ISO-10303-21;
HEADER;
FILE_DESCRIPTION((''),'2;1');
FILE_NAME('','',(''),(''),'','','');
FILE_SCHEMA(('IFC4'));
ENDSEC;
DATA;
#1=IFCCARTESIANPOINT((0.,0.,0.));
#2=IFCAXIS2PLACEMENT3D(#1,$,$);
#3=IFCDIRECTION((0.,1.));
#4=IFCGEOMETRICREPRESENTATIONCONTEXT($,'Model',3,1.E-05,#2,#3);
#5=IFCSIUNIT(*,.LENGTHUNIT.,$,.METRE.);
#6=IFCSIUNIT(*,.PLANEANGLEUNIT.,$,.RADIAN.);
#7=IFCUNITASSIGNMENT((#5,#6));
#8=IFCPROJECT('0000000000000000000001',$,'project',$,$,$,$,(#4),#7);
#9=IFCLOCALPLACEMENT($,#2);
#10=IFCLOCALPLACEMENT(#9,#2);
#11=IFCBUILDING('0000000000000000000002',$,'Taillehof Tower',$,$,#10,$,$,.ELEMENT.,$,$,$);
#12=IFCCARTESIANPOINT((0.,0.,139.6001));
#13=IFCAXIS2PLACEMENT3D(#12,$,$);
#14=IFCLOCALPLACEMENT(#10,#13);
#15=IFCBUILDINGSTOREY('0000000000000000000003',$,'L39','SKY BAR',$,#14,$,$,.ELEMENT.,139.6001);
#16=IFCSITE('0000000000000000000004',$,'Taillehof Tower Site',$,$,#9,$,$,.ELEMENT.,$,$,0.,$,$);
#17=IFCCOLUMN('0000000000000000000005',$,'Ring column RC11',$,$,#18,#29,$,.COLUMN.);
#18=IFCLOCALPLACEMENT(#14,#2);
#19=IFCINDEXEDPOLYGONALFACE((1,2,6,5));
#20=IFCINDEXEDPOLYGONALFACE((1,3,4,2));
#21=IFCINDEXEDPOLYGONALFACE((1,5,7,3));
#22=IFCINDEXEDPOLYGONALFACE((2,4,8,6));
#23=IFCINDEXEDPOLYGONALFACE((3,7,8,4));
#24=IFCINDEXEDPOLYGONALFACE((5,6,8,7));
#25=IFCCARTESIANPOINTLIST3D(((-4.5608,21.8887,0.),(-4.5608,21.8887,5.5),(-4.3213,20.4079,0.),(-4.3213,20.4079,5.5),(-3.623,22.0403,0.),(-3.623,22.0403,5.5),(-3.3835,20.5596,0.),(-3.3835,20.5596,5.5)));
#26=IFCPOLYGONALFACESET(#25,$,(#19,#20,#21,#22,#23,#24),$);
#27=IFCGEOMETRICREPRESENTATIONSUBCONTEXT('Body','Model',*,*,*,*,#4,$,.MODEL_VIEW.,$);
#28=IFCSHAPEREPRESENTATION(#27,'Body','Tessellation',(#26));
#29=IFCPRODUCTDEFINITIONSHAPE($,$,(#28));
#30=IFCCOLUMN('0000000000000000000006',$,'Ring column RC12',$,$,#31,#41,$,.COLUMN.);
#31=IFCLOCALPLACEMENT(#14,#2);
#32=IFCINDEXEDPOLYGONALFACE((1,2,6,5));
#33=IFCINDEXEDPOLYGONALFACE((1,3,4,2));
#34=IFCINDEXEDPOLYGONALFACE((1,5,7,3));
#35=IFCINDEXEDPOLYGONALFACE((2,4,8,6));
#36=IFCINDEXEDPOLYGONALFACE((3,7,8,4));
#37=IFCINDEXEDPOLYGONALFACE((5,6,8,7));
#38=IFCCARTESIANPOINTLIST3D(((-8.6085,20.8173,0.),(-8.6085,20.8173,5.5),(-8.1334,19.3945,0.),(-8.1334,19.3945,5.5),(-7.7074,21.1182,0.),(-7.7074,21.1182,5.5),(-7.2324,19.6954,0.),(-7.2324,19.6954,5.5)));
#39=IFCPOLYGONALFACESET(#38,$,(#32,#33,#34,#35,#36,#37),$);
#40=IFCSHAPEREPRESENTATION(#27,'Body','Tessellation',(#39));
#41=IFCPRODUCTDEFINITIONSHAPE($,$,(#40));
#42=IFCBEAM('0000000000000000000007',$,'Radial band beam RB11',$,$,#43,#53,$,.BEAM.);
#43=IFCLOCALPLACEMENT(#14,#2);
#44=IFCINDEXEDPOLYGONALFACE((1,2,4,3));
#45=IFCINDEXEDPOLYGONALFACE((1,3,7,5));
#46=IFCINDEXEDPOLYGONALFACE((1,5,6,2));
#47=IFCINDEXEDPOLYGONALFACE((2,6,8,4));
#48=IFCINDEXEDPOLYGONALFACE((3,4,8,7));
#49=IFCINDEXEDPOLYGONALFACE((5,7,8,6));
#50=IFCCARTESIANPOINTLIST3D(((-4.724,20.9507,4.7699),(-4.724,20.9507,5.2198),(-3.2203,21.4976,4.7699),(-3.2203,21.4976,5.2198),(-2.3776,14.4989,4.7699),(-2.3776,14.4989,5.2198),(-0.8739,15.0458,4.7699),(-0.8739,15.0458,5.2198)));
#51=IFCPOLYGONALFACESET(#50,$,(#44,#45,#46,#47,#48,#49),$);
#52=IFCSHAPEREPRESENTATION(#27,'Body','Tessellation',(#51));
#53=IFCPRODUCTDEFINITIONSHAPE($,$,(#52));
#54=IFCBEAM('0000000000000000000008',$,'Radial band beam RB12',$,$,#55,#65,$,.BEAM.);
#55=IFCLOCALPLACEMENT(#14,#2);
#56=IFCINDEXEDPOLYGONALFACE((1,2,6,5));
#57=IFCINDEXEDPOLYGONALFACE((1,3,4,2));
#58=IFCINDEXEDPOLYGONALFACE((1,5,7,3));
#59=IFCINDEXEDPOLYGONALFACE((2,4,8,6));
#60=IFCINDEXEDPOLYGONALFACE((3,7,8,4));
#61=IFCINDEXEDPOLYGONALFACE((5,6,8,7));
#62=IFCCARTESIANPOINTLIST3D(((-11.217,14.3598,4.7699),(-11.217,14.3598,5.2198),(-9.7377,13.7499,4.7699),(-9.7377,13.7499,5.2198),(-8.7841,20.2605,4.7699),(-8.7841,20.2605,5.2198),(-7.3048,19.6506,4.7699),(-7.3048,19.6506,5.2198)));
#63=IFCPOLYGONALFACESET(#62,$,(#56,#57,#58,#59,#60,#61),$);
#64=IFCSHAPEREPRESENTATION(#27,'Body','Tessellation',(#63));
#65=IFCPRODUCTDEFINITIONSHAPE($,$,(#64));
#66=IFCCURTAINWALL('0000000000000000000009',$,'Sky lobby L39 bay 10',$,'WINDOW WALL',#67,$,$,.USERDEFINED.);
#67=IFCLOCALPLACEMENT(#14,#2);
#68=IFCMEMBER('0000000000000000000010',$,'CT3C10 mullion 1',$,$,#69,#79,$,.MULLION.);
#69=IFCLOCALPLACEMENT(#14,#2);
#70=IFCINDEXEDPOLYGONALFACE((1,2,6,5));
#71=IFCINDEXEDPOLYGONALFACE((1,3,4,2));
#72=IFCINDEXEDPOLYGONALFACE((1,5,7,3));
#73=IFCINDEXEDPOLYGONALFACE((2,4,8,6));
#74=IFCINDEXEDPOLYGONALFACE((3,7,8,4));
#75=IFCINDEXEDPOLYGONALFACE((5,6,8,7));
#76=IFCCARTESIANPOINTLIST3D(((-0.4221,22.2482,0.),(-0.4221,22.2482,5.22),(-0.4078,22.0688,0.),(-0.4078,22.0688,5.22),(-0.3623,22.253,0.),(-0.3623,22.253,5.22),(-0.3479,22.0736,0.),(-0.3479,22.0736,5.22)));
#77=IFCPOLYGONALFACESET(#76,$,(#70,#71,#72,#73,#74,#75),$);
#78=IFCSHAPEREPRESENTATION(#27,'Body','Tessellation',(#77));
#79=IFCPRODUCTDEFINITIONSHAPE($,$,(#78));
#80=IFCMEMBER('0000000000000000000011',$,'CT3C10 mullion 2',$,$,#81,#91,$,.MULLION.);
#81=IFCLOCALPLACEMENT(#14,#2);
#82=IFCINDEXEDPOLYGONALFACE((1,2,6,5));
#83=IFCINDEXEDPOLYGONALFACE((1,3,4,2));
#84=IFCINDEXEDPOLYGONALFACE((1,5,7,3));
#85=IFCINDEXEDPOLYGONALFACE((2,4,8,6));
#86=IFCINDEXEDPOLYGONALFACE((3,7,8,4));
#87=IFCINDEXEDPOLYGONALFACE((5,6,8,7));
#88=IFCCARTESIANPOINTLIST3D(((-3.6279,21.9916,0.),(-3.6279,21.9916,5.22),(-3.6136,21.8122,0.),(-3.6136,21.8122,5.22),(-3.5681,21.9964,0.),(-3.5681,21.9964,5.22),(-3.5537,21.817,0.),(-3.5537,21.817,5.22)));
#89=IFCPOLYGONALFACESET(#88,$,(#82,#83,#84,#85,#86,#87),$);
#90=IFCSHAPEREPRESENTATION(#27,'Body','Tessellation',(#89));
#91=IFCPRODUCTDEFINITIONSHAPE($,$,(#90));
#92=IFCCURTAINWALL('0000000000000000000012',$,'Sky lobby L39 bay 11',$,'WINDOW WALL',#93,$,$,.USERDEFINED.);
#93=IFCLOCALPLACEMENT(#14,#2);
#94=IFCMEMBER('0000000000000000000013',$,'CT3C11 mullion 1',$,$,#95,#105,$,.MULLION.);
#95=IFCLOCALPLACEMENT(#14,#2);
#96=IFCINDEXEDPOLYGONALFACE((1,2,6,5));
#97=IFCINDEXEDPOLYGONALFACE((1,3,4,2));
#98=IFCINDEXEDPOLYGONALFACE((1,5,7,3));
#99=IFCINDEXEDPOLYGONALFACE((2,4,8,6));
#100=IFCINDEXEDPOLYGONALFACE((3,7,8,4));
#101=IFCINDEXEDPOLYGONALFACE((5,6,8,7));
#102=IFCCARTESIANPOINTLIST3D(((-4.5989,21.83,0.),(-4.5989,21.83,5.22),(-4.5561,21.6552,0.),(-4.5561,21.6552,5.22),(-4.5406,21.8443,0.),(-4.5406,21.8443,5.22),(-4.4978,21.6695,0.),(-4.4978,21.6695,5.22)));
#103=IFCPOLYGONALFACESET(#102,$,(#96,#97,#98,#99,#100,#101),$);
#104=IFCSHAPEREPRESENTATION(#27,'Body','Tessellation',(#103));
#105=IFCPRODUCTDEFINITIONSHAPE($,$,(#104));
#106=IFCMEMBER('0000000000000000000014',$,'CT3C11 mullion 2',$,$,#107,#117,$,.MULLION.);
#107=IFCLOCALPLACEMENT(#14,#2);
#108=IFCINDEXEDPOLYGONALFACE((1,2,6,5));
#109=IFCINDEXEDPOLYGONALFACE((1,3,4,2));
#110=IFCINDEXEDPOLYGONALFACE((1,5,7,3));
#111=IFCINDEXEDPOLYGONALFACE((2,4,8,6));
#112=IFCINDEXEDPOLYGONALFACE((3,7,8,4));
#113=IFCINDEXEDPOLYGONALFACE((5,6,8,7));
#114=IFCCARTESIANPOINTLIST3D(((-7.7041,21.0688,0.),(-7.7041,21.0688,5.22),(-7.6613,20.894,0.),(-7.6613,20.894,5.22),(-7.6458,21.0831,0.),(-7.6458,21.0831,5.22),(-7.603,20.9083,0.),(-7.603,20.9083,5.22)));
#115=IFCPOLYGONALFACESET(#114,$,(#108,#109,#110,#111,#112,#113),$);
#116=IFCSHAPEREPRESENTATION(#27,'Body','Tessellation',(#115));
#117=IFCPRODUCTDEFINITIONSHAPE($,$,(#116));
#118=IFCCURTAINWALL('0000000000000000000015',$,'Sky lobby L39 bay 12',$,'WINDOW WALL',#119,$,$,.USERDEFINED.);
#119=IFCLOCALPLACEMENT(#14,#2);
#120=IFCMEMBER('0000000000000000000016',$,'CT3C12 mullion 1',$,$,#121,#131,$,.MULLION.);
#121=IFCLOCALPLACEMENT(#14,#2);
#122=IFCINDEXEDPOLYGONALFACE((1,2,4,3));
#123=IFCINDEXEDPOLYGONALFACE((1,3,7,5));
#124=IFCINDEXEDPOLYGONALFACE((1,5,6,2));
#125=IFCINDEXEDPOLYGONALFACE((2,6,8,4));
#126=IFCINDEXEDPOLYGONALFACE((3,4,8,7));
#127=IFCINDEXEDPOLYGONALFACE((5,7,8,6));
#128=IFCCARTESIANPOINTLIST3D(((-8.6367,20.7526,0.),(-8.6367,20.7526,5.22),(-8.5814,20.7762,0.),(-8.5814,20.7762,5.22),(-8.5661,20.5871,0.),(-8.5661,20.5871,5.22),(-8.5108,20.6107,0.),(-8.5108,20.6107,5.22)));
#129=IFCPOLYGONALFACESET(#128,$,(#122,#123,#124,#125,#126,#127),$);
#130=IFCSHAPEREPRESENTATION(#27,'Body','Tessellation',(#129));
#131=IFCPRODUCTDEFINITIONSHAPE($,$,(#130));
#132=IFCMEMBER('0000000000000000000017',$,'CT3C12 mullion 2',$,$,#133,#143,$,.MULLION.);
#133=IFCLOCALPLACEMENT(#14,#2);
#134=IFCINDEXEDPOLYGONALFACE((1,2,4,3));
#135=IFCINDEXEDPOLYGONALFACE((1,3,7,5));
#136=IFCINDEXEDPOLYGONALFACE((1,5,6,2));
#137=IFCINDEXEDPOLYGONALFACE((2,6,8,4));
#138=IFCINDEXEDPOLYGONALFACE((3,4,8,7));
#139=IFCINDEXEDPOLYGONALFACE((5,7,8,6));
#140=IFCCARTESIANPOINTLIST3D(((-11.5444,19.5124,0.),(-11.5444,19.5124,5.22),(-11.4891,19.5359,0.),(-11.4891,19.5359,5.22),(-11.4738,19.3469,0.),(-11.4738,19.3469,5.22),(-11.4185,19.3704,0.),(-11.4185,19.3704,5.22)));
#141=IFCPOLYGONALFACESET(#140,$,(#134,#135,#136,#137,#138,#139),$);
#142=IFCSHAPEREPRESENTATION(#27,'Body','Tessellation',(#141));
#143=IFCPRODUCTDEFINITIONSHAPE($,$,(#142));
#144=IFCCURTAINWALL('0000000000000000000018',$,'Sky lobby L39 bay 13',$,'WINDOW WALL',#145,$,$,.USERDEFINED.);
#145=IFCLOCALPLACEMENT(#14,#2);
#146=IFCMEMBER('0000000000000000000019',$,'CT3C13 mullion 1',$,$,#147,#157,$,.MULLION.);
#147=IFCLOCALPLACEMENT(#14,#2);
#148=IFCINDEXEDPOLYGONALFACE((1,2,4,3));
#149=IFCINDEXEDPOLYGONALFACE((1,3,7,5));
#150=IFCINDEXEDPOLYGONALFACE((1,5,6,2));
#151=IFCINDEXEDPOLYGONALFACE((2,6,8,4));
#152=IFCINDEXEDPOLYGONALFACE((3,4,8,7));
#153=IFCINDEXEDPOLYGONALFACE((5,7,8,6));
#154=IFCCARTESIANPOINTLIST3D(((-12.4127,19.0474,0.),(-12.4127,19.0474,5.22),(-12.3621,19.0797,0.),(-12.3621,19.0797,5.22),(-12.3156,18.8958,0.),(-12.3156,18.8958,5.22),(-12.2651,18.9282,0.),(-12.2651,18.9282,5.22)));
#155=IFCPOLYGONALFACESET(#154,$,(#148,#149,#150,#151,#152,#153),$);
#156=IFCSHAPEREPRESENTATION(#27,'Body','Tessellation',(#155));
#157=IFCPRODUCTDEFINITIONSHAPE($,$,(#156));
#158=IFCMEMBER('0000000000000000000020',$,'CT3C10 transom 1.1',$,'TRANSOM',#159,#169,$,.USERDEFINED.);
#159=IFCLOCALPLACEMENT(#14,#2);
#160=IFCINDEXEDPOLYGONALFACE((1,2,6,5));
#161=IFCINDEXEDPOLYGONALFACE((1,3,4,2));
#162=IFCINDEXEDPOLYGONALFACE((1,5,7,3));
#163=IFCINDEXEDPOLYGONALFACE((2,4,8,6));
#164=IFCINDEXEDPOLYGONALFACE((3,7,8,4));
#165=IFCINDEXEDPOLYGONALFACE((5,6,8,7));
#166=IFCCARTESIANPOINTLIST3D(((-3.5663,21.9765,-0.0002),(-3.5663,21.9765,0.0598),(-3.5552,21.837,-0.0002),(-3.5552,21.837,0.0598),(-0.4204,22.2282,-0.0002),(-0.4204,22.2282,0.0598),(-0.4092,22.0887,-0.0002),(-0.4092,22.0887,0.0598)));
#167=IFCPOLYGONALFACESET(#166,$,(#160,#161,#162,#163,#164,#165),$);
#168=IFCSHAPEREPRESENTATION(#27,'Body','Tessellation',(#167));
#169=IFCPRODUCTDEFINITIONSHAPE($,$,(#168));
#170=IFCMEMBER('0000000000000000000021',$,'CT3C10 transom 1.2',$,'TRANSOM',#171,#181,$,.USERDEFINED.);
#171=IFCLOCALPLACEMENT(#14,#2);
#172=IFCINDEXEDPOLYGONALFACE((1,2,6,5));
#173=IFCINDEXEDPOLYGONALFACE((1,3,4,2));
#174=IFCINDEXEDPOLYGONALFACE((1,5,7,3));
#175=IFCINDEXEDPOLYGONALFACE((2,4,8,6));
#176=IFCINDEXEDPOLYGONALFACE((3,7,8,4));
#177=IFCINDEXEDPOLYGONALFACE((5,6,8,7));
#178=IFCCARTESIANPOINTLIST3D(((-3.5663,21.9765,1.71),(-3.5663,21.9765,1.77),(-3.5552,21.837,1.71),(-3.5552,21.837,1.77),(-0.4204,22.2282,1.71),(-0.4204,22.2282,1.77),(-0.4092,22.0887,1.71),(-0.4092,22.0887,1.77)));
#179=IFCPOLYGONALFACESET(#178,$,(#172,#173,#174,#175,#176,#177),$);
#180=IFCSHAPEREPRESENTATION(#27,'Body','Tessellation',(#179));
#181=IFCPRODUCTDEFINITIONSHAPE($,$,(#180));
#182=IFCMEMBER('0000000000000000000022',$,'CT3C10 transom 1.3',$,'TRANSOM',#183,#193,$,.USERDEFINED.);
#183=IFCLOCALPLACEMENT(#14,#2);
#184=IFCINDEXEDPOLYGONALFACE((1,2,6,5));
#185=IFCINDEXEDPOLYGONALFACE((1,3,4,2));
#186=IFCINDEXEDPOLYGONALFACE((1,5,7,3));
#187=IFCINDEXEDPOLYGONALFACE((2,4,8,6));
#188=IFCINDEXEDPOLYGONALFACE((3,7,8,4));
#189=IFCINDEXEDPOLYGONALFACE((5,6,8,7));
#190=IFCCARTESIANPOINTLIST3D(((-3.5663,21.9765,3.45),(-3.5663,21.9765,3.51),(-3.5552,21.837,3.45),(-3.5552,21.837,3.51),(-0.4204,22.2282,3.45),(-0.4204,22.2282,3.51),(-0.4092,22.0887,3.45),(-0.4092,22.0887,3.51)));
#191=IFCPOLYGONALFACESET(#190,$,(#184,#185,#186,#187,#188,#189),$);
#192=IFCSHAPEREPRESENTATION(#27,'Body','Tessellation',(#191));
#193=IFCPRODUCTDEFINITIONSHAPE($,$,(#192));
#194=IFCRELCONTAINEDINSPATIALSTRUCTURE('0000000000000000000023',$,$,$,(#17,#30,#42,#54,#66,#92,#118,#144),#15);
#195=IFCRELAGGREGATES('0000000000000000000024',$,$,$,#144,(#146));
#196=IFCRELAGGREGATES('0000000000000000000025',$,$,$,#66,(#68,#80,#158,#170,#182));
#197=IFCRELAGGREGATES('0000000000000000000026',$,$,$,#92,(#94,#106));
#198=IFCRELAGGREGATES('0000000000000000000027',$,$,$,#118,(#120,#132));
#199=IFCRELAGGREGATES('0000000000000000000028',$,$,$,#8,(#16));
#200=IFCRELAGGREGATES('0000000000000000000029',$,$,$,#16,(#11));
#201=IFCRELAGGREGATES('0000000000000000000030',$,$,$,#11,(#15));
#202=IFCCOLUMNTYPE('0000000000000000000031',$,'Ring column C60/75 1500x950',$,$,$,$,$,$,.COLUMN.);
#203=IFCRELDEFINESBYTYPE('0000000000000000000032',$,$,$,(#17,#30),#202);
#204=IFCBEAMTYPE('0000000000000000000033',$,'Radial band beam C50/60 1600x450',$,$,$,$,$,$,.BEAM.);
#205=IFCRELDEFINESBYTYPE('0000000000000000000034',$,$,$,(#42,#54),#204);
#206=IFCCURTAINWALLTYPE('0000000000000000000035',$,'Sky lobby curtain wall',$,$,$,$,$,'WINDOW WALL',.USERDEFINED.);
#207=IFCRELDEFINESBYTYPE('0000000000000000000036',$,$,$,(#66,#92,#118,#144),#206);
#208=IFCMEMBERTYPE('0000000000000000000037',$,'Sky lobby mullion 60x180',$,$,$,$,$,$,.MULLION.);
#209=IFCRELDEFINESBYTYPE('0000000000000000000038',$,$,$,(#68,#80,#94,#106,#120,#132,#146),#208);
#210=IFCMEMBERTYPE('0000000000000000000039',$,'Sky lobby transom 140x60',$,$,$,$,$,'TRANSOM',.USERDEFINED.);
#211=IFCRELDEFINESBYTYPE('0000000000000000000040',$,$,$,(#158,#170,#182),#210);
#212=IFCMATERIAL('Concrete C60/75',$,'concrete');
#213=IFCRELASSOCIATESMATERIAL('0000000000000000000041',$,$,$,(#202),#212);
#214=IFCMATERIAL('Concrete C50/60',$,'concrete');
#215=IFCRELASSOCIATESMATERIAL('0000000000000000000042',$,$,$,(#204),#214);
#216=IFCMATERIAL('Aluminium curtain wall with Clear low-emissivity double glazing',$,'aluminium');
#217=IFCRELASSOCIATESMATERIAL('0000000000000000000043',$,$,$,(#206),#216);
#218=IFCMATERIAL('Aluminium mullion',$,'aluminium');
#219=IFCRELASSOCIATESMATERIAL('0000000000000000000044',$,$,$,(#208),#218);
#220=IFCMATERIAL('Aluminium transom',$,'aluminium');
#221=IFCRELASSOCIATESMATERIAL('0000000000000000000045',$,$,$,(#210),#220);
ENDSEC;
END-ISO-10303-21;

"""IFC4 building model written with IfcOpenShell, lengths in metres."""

from ifc_helpers import new_model, si_unit, direction, frame, origin, origin_2d, place, context, subcontext, project, spatial, rectangle, extrude, material, material_profile, profile_set, type_object, element, aggregate, save


model = new_model("IFC4")

# Units and contexts
model_context = context("Model", 3, precision=1e-05, world=origin(), true_north=direction((0.0, 1.0)))
body_context = subcontext(model_context, "Body", "Model", "MODEL_VIEW")
ifc_project = project(units=[si_unit("LENGTHUNIT", "METRE"), si_unit("PLANEANGLEUNIT", "RADIAN")], contexts=[model_context])

# Site, building, storey
site_placement = place(None, origin())
site = spatial("IfcSite", under=ifc_project, at=site_placement, Name="Taillehof Tower Site", CompositionType="ELEMENT", RefElevation=0.0)
building_placement = place(site_placement, origin())
building = spatial("IfcBuilding", under=site, at=building_placement, Name="Taillehof Tower", CompositionType="ELEMENT")
storey_placement = place(building_placement, frame((0.0, 0.0, 139.6001)))
storey = spatial("IfcBuildingStorey", under=building, at=storey_placement, Name="L39", Description="SKY BAR", CompositionType="ELEMENT", Elevation=139.6001)

# Columns
ifc_material_1 = material(Name="Concrete C60/75", Category="concrete")
ifc_material_profile_1 = material_profile(ifc_material_1, rectangle(XDim=1.5, YDim=0.95, at=origin_2d()), Name="RC 1500x950")
ifc_profile_set_1 = profile_set([ifc_material_profile_1], Name="Concrete C60/75")
column_type = type_object("IfcColumnType", Name="Ring column C60/75 1500x950", PredefinedType="COLUMN", material=ifc_profile_set_1)
for number, where, z_axis, x_axis, name in (
    (1, (-3.9722, 21.2241, 0.0), (0.0, 0.0, 1.0), (-0.159679, 0.987169, 0.0), "Ring column RC11"),
    (2, (-7.9204, 20.2563, 0.0), (0.0, 0.0, 1.0), (-0.316703, 0.948525, 0.0), "Ring column RC12"),
):
    element("IfcColumn", number, at=place(storey_placement, frame(where, z_axis=z_axis, x_axis=x_axis)), inside=storey, type_object=column_type, Name=name, PredefinedType="COLUMN", context=body_context, shape_type="SweptSolid", body=[
        extrude(rectangle(XDim=1.5, YDim=0.95, at=origin_2d()), origin(), (0.0, 0.0, 1.0), 5.5),
    ])

# Beams
ifc_material_2 = material(Name="Concrete C50/60", Category="concrete")
ifc_material_profile_2 = material_profile(ifc_material_2, rectangle(XDim=1.6001, YDim=0.45, at=origin_2d()), Name="RC 1600x450")
ifc_profile_set_2 = profile_set([ifc_material_profile_2], Name="Concrete C50/60")
beam_type_1 = type_object("IfcBeamType", Name="Radial band beam C50/60 1600x450", PredefinedType="BEAM", material=ifc_profile_set_2)
beam_1_placement = place(storey_placement, frame((-3.9722, 21.2241, 4.9949), z_axis=(0.34178, -0.93978, 0.0), x_axis=(0.93978, 0.34178, 0.0)))
element("IfcBeam", 3, at=beam_1_placement, inside=storey, type_object=beam_type_1, Name="Radial band beam RB11", PredefinedType="BEAM", context=body_context, shape_type="SweptSolid", body=[
    extrude(rectangle(XDim=1.6001, YDim=0.45, at=origin_2d()), origin(), (0.0, 0.0, 1.0), 6.8652),
])
beam_2_placement = place(storey_placement, frame((-8.0444, 19.9556, 4.9949), z_axis=(-0.381177, -0.924502, 0.0), x_axis=(0.924502, -0.381177, 0.0)))
element("IfcBeam", 4, at=beam_2_placement, inside=storey, type_object=beam_type_1, Name="Radial band beam RB12", PredefinedType="BEAM", context=body_context, shape_type="SweptSolid", body=[
    extrude(rectangle(XDim=1.6001, YDim=0.45, at=origin_2d()), origin(), (0.0, 0.0, 1.0), 6.3826),
])

# Curtain walls, members
ifc_material_3 = material(Name="Aluminium curtain wall with Clear low-emissivity double glazing", Category="aluminium")
curtain_wall_type = type_object("IfcCurtainWallType", Name="Sky lobby curtain wall", ElementType="WINDOW WALL", PredefinedType="USERDEFINED", material=ifc_material_3)
curtain_wall_1_placement = place(storey_placement, origin())
curtain_wall_1 = element("IfcCurtainWall", 5, at=curtain_wall_1_placement, inside=storey, type_object=curtain_wall_type, Name="Sky lobby L39 bay 10", ObjectType="WINDOW WALL", PredefinedType="USERDEFINED")
ifc_material_4 = material(Name="Aluminium mullion", Category="aluminium")
ifc_material_profile_3 = material_profile(ifc_material_4, rectangle(XDim=0.1799, YDim=0.0601, at=origin_2d()), Name="AL 60x180")
ifc_profile_set_3 = profile_set([ifc_material_profile_3], Name="Aluminium mullion")
member_type_1 = type_object("IfcMemberType", Name="Sky lobby mullion 60x180", PredefinedType="MULLION", material=ifc_profile_set_3)
member_1_placement = place(storey_placement, frame((-0.385, 22.1609, 0.0), z_axis=(0.0, 0.0, 1.0), x_axis=(0.079781, -0.996812, 0.0)))
member_1 = element("IfcMember", 6, at=member_1_placement, type_object=member_type_1, Name="CT3C10 mullion 1", PredefinedType="MULLION", context=body_context, shape_type="SweptSolid", body=[
    extrude(rectangle(XDim=0.1799, YDim=0.0601, at=origin_2d()), origin(), (0.0, 0.0, 1.0), 5.22),
])
member_2_placement = place(storey_placement, frame((-3.5908, 21.9043, 0.0), z_axis=(0.0, 0.0, 1.0), x_axis=(0.079781, -0.996812, 0.0)))
member_2 = element("IfcMember", 7, at=member_2_placement, type_object=member_type_1, Name="CT3C10 mullion 2", PredefinedType="MULLION", context=body_context, shape_type="SweptSolid", body=[
    extrude(rectangle(XDim=0.1799, YDim=0.0601, at=origin_2d()), origin(), (0.0, 0.0, 1.0), 5.22),
])
curtain_wall_2_placement = place(storey_placement, origin())
curtain_wall_2 = element("IfcCurtainWall", 8, at=curtain_wall_2_placement, inside=storey, type_object=curtain_wall_type, Name="Sky lobby L39 bay 11", ObjectType="WINDOW WALL", PredefinedType="USERDEFINED")
member_3_placement = place(storey_placement, frame((-4.5483, 21.7498, 0.0), z_axis=(0.0, 0.0, 1.0), x_axis=(0.238077, -0.971246, 0.0)))
member_3 = element("IfcMember", 9, at=member_3_placement, type_object=member_type_1, Name="CT3C11 mullion 1", PredefinedType="MULLION", context=body_context, shape_type="SweptSolid", body=[
    extrude(rectangle(XDim=0.1799, YDim=0.0601, at=origin_2d()), origin(), (0.0, 0.0, 1.0), 5.22),
])
member_4_placement = place(storey_placement, frame((-7.6536, 20.9885, 0.0), z_axis=(0.0, 0.0, 1.0), x_axis=(0.238077, -0.971246, 0.0)))
member_4 = element("IfcMember", 10, at=member_4_placement, type_object=member_type_1, Name="CT3C11 mullion 2", PredefinedType="MULLION", context=body_context, shape_type="SweptSolid", body=[
    extrude(rectangle(XDim=0.1799, YDim=0.0601, at=origin_2d()), origin(), (0.0, 0.0, 1.0), 5.22),
])
curtain_wall_3_placement = place(storey_placement, origin())
curtain_wall_3 = element("IfcCurtainWall", 11, at=curtain_wall_3_placement, inside=storey, type_object=curtain_wall_type, Name="Sky lobby L39 bay 12", ObjectType="WINDOW WALL", PredefinedType="USERDEFINED")
member_5_placement = place(storey_placement, frame((-8.5737, 20.6816, 0.0), z_axis=(0.0, 0.0, 1.0), x_axis=(0.392379, -0.919804, 0.0)))
member_5 = element("IfcMember", 12, at=member_5_placement, type_object=member_type_1, Name="CT3C12 mullion 1", PredefinedType="MULLION", context=body_context, shape_type="SweptSolid", body=[
    extrude(rectangle(XDim=0.1799, YDim=0.0601, at=origin_2d()), origin(), (0.0, 0.0, 1.0), 5.22),
])
member_6_placement = place(storey_placement, frame((-11.4814, 19.4414, 0.0), z_axis=(0.0, 0.0, 1.0), x_axis=(0.392379, -0.919804, 0.0)))
member_6 = element("IfcMember", 13, at=member_6_placement, type_object=member_type_1, Name="CT3C12 mullion 2", PredefinedType="MULLION", context=body_context, shape_type="SweptSolid", body=[
    extrude(rectangle(XDim=0.1799, YDim=0.0601, at=origin_2d()), origin(), (0.0, 0.0, 1.0), 5.22),
])

# Curtain wall, member
curtain_wall_4_placement = place(storey_placement, origin())
curtain_wall_4 = element("IfcCurtainWall", 14, at=curtain_wall_4_placement, inside=storey, type_object=curtain_wall_type, Name="Sky lobby L39 bay 13", ObjectType="WINDOW WALL", PredefinedType="USERDEFINED")
member_7_placement = place(storey_placement, frame((-12.3389, 18.9878, 0.0), z_axis=(0.0, 0.0, 1.0), x_axis=(0.539394, -0.842053, 0.0)))
member_7 = element("IfcMember", 15, at=member_7_placement, type_object=member_type_1, Name="CT3C13 mullion 1", PredefinedType="MULLION", context=body_context, shape_type="SweptSolid", body=[
    extrude(rectangle(XDim=0.1799, YDim=0.0601, at=origin_2d()), origin(), (0.0, 0.0, 1.0), 5.22),
])

# Members
ifc_material_5 = material(Name="Aluminium transom", Category="aluminium")
ifc_material_profile_4 = material_profile(ifc_material_5, rectangle(XDim=0.1399, YDim=0.0601, at=origin_2d()), Name="AL 140x60")
ifc_profile_set_4 = profile_set([ifc_material_profile_4], Name="Aluminium transom")
member_type_2 = type_object("IfcMemberType", Name="Sky lobby transom 140x60", ElementType="TRANSOM", PredefinedType="USERDEFINED", material=ifc_profile_set_4)
member_8_placement = place(storey_placement, frame((-0.4148, 22.1584, 0.0298), z_axis=(-0.996815, -0.079754, 0.0), x_axis=(0.079754, -0.996815, 0.0)))
member_8 = element("IfcMember", 16, at=member_8_placement, type_object=member_type_2, Name="CT3C10 transom 1.1", ObjectType="TRANSOM", PredefinedType="USERDEFINED", context=body_context, shape_type="SweptSolid", body=[
    extrude(rectangle(XDim=0.1399, YDim=0.0601, at=origin_2d()), origin(), (0.0, 0.0, 1.0), 3.156),
])
member_9_placement = place(storey_placement, frame((-0.4148, 22.1584, 1.74), z_axis=(-0.996815, -0.079754, 0.0), x_axis=(0.079754, -0.996815, 0.0)))
member_9 = element("IfcMember", 17, at=member_9_placement, type_object=member_type_2, Name="CT3C10 transom 1.2", ObjectType="TRANSOM", PredefinedType="USERDEFINED", context=body_context, shape_type="SweptSolid", body=[
    extrude(rectangle(XDim=0.1399, YDim=0.0601, at=origin_2d()), origin(), (0.0, 0.0, 1.0), 3.156),
])
member_10_placement = place(storey_placement, frame((-0.4148, 22.1584, 3.48), z_axis=(-0.996815, -0.079754, 0.0), x_axis=(0.079754, -0.996815, 0.0)))
member_10 = element("IfcMember", 18, at=member_10_placement, type_object=member_type_2, Name="CT3C10 transom 1.3", ObjectType="TRANSOM", PredefinedType="USERDEFINED", context=body_context, shape_type="SweptSolid", body=[
    extrude(rectangle(XDim=0.1399, YDim=0.0601, at=origin_2d()), origin(), (0.0, 0.0, 1.0), 3.156),
])
aggregate(curtain_wall_4, [member_7])

aggregate(curtain_wall_1, [member_1, member_2, member_8, member_9, member_10])
aggregate(curtain_wall_2, [member_3, member_4])
aggregate(curtain_wall_3, [member_5, member_6])

save(model, "model.ifc")
